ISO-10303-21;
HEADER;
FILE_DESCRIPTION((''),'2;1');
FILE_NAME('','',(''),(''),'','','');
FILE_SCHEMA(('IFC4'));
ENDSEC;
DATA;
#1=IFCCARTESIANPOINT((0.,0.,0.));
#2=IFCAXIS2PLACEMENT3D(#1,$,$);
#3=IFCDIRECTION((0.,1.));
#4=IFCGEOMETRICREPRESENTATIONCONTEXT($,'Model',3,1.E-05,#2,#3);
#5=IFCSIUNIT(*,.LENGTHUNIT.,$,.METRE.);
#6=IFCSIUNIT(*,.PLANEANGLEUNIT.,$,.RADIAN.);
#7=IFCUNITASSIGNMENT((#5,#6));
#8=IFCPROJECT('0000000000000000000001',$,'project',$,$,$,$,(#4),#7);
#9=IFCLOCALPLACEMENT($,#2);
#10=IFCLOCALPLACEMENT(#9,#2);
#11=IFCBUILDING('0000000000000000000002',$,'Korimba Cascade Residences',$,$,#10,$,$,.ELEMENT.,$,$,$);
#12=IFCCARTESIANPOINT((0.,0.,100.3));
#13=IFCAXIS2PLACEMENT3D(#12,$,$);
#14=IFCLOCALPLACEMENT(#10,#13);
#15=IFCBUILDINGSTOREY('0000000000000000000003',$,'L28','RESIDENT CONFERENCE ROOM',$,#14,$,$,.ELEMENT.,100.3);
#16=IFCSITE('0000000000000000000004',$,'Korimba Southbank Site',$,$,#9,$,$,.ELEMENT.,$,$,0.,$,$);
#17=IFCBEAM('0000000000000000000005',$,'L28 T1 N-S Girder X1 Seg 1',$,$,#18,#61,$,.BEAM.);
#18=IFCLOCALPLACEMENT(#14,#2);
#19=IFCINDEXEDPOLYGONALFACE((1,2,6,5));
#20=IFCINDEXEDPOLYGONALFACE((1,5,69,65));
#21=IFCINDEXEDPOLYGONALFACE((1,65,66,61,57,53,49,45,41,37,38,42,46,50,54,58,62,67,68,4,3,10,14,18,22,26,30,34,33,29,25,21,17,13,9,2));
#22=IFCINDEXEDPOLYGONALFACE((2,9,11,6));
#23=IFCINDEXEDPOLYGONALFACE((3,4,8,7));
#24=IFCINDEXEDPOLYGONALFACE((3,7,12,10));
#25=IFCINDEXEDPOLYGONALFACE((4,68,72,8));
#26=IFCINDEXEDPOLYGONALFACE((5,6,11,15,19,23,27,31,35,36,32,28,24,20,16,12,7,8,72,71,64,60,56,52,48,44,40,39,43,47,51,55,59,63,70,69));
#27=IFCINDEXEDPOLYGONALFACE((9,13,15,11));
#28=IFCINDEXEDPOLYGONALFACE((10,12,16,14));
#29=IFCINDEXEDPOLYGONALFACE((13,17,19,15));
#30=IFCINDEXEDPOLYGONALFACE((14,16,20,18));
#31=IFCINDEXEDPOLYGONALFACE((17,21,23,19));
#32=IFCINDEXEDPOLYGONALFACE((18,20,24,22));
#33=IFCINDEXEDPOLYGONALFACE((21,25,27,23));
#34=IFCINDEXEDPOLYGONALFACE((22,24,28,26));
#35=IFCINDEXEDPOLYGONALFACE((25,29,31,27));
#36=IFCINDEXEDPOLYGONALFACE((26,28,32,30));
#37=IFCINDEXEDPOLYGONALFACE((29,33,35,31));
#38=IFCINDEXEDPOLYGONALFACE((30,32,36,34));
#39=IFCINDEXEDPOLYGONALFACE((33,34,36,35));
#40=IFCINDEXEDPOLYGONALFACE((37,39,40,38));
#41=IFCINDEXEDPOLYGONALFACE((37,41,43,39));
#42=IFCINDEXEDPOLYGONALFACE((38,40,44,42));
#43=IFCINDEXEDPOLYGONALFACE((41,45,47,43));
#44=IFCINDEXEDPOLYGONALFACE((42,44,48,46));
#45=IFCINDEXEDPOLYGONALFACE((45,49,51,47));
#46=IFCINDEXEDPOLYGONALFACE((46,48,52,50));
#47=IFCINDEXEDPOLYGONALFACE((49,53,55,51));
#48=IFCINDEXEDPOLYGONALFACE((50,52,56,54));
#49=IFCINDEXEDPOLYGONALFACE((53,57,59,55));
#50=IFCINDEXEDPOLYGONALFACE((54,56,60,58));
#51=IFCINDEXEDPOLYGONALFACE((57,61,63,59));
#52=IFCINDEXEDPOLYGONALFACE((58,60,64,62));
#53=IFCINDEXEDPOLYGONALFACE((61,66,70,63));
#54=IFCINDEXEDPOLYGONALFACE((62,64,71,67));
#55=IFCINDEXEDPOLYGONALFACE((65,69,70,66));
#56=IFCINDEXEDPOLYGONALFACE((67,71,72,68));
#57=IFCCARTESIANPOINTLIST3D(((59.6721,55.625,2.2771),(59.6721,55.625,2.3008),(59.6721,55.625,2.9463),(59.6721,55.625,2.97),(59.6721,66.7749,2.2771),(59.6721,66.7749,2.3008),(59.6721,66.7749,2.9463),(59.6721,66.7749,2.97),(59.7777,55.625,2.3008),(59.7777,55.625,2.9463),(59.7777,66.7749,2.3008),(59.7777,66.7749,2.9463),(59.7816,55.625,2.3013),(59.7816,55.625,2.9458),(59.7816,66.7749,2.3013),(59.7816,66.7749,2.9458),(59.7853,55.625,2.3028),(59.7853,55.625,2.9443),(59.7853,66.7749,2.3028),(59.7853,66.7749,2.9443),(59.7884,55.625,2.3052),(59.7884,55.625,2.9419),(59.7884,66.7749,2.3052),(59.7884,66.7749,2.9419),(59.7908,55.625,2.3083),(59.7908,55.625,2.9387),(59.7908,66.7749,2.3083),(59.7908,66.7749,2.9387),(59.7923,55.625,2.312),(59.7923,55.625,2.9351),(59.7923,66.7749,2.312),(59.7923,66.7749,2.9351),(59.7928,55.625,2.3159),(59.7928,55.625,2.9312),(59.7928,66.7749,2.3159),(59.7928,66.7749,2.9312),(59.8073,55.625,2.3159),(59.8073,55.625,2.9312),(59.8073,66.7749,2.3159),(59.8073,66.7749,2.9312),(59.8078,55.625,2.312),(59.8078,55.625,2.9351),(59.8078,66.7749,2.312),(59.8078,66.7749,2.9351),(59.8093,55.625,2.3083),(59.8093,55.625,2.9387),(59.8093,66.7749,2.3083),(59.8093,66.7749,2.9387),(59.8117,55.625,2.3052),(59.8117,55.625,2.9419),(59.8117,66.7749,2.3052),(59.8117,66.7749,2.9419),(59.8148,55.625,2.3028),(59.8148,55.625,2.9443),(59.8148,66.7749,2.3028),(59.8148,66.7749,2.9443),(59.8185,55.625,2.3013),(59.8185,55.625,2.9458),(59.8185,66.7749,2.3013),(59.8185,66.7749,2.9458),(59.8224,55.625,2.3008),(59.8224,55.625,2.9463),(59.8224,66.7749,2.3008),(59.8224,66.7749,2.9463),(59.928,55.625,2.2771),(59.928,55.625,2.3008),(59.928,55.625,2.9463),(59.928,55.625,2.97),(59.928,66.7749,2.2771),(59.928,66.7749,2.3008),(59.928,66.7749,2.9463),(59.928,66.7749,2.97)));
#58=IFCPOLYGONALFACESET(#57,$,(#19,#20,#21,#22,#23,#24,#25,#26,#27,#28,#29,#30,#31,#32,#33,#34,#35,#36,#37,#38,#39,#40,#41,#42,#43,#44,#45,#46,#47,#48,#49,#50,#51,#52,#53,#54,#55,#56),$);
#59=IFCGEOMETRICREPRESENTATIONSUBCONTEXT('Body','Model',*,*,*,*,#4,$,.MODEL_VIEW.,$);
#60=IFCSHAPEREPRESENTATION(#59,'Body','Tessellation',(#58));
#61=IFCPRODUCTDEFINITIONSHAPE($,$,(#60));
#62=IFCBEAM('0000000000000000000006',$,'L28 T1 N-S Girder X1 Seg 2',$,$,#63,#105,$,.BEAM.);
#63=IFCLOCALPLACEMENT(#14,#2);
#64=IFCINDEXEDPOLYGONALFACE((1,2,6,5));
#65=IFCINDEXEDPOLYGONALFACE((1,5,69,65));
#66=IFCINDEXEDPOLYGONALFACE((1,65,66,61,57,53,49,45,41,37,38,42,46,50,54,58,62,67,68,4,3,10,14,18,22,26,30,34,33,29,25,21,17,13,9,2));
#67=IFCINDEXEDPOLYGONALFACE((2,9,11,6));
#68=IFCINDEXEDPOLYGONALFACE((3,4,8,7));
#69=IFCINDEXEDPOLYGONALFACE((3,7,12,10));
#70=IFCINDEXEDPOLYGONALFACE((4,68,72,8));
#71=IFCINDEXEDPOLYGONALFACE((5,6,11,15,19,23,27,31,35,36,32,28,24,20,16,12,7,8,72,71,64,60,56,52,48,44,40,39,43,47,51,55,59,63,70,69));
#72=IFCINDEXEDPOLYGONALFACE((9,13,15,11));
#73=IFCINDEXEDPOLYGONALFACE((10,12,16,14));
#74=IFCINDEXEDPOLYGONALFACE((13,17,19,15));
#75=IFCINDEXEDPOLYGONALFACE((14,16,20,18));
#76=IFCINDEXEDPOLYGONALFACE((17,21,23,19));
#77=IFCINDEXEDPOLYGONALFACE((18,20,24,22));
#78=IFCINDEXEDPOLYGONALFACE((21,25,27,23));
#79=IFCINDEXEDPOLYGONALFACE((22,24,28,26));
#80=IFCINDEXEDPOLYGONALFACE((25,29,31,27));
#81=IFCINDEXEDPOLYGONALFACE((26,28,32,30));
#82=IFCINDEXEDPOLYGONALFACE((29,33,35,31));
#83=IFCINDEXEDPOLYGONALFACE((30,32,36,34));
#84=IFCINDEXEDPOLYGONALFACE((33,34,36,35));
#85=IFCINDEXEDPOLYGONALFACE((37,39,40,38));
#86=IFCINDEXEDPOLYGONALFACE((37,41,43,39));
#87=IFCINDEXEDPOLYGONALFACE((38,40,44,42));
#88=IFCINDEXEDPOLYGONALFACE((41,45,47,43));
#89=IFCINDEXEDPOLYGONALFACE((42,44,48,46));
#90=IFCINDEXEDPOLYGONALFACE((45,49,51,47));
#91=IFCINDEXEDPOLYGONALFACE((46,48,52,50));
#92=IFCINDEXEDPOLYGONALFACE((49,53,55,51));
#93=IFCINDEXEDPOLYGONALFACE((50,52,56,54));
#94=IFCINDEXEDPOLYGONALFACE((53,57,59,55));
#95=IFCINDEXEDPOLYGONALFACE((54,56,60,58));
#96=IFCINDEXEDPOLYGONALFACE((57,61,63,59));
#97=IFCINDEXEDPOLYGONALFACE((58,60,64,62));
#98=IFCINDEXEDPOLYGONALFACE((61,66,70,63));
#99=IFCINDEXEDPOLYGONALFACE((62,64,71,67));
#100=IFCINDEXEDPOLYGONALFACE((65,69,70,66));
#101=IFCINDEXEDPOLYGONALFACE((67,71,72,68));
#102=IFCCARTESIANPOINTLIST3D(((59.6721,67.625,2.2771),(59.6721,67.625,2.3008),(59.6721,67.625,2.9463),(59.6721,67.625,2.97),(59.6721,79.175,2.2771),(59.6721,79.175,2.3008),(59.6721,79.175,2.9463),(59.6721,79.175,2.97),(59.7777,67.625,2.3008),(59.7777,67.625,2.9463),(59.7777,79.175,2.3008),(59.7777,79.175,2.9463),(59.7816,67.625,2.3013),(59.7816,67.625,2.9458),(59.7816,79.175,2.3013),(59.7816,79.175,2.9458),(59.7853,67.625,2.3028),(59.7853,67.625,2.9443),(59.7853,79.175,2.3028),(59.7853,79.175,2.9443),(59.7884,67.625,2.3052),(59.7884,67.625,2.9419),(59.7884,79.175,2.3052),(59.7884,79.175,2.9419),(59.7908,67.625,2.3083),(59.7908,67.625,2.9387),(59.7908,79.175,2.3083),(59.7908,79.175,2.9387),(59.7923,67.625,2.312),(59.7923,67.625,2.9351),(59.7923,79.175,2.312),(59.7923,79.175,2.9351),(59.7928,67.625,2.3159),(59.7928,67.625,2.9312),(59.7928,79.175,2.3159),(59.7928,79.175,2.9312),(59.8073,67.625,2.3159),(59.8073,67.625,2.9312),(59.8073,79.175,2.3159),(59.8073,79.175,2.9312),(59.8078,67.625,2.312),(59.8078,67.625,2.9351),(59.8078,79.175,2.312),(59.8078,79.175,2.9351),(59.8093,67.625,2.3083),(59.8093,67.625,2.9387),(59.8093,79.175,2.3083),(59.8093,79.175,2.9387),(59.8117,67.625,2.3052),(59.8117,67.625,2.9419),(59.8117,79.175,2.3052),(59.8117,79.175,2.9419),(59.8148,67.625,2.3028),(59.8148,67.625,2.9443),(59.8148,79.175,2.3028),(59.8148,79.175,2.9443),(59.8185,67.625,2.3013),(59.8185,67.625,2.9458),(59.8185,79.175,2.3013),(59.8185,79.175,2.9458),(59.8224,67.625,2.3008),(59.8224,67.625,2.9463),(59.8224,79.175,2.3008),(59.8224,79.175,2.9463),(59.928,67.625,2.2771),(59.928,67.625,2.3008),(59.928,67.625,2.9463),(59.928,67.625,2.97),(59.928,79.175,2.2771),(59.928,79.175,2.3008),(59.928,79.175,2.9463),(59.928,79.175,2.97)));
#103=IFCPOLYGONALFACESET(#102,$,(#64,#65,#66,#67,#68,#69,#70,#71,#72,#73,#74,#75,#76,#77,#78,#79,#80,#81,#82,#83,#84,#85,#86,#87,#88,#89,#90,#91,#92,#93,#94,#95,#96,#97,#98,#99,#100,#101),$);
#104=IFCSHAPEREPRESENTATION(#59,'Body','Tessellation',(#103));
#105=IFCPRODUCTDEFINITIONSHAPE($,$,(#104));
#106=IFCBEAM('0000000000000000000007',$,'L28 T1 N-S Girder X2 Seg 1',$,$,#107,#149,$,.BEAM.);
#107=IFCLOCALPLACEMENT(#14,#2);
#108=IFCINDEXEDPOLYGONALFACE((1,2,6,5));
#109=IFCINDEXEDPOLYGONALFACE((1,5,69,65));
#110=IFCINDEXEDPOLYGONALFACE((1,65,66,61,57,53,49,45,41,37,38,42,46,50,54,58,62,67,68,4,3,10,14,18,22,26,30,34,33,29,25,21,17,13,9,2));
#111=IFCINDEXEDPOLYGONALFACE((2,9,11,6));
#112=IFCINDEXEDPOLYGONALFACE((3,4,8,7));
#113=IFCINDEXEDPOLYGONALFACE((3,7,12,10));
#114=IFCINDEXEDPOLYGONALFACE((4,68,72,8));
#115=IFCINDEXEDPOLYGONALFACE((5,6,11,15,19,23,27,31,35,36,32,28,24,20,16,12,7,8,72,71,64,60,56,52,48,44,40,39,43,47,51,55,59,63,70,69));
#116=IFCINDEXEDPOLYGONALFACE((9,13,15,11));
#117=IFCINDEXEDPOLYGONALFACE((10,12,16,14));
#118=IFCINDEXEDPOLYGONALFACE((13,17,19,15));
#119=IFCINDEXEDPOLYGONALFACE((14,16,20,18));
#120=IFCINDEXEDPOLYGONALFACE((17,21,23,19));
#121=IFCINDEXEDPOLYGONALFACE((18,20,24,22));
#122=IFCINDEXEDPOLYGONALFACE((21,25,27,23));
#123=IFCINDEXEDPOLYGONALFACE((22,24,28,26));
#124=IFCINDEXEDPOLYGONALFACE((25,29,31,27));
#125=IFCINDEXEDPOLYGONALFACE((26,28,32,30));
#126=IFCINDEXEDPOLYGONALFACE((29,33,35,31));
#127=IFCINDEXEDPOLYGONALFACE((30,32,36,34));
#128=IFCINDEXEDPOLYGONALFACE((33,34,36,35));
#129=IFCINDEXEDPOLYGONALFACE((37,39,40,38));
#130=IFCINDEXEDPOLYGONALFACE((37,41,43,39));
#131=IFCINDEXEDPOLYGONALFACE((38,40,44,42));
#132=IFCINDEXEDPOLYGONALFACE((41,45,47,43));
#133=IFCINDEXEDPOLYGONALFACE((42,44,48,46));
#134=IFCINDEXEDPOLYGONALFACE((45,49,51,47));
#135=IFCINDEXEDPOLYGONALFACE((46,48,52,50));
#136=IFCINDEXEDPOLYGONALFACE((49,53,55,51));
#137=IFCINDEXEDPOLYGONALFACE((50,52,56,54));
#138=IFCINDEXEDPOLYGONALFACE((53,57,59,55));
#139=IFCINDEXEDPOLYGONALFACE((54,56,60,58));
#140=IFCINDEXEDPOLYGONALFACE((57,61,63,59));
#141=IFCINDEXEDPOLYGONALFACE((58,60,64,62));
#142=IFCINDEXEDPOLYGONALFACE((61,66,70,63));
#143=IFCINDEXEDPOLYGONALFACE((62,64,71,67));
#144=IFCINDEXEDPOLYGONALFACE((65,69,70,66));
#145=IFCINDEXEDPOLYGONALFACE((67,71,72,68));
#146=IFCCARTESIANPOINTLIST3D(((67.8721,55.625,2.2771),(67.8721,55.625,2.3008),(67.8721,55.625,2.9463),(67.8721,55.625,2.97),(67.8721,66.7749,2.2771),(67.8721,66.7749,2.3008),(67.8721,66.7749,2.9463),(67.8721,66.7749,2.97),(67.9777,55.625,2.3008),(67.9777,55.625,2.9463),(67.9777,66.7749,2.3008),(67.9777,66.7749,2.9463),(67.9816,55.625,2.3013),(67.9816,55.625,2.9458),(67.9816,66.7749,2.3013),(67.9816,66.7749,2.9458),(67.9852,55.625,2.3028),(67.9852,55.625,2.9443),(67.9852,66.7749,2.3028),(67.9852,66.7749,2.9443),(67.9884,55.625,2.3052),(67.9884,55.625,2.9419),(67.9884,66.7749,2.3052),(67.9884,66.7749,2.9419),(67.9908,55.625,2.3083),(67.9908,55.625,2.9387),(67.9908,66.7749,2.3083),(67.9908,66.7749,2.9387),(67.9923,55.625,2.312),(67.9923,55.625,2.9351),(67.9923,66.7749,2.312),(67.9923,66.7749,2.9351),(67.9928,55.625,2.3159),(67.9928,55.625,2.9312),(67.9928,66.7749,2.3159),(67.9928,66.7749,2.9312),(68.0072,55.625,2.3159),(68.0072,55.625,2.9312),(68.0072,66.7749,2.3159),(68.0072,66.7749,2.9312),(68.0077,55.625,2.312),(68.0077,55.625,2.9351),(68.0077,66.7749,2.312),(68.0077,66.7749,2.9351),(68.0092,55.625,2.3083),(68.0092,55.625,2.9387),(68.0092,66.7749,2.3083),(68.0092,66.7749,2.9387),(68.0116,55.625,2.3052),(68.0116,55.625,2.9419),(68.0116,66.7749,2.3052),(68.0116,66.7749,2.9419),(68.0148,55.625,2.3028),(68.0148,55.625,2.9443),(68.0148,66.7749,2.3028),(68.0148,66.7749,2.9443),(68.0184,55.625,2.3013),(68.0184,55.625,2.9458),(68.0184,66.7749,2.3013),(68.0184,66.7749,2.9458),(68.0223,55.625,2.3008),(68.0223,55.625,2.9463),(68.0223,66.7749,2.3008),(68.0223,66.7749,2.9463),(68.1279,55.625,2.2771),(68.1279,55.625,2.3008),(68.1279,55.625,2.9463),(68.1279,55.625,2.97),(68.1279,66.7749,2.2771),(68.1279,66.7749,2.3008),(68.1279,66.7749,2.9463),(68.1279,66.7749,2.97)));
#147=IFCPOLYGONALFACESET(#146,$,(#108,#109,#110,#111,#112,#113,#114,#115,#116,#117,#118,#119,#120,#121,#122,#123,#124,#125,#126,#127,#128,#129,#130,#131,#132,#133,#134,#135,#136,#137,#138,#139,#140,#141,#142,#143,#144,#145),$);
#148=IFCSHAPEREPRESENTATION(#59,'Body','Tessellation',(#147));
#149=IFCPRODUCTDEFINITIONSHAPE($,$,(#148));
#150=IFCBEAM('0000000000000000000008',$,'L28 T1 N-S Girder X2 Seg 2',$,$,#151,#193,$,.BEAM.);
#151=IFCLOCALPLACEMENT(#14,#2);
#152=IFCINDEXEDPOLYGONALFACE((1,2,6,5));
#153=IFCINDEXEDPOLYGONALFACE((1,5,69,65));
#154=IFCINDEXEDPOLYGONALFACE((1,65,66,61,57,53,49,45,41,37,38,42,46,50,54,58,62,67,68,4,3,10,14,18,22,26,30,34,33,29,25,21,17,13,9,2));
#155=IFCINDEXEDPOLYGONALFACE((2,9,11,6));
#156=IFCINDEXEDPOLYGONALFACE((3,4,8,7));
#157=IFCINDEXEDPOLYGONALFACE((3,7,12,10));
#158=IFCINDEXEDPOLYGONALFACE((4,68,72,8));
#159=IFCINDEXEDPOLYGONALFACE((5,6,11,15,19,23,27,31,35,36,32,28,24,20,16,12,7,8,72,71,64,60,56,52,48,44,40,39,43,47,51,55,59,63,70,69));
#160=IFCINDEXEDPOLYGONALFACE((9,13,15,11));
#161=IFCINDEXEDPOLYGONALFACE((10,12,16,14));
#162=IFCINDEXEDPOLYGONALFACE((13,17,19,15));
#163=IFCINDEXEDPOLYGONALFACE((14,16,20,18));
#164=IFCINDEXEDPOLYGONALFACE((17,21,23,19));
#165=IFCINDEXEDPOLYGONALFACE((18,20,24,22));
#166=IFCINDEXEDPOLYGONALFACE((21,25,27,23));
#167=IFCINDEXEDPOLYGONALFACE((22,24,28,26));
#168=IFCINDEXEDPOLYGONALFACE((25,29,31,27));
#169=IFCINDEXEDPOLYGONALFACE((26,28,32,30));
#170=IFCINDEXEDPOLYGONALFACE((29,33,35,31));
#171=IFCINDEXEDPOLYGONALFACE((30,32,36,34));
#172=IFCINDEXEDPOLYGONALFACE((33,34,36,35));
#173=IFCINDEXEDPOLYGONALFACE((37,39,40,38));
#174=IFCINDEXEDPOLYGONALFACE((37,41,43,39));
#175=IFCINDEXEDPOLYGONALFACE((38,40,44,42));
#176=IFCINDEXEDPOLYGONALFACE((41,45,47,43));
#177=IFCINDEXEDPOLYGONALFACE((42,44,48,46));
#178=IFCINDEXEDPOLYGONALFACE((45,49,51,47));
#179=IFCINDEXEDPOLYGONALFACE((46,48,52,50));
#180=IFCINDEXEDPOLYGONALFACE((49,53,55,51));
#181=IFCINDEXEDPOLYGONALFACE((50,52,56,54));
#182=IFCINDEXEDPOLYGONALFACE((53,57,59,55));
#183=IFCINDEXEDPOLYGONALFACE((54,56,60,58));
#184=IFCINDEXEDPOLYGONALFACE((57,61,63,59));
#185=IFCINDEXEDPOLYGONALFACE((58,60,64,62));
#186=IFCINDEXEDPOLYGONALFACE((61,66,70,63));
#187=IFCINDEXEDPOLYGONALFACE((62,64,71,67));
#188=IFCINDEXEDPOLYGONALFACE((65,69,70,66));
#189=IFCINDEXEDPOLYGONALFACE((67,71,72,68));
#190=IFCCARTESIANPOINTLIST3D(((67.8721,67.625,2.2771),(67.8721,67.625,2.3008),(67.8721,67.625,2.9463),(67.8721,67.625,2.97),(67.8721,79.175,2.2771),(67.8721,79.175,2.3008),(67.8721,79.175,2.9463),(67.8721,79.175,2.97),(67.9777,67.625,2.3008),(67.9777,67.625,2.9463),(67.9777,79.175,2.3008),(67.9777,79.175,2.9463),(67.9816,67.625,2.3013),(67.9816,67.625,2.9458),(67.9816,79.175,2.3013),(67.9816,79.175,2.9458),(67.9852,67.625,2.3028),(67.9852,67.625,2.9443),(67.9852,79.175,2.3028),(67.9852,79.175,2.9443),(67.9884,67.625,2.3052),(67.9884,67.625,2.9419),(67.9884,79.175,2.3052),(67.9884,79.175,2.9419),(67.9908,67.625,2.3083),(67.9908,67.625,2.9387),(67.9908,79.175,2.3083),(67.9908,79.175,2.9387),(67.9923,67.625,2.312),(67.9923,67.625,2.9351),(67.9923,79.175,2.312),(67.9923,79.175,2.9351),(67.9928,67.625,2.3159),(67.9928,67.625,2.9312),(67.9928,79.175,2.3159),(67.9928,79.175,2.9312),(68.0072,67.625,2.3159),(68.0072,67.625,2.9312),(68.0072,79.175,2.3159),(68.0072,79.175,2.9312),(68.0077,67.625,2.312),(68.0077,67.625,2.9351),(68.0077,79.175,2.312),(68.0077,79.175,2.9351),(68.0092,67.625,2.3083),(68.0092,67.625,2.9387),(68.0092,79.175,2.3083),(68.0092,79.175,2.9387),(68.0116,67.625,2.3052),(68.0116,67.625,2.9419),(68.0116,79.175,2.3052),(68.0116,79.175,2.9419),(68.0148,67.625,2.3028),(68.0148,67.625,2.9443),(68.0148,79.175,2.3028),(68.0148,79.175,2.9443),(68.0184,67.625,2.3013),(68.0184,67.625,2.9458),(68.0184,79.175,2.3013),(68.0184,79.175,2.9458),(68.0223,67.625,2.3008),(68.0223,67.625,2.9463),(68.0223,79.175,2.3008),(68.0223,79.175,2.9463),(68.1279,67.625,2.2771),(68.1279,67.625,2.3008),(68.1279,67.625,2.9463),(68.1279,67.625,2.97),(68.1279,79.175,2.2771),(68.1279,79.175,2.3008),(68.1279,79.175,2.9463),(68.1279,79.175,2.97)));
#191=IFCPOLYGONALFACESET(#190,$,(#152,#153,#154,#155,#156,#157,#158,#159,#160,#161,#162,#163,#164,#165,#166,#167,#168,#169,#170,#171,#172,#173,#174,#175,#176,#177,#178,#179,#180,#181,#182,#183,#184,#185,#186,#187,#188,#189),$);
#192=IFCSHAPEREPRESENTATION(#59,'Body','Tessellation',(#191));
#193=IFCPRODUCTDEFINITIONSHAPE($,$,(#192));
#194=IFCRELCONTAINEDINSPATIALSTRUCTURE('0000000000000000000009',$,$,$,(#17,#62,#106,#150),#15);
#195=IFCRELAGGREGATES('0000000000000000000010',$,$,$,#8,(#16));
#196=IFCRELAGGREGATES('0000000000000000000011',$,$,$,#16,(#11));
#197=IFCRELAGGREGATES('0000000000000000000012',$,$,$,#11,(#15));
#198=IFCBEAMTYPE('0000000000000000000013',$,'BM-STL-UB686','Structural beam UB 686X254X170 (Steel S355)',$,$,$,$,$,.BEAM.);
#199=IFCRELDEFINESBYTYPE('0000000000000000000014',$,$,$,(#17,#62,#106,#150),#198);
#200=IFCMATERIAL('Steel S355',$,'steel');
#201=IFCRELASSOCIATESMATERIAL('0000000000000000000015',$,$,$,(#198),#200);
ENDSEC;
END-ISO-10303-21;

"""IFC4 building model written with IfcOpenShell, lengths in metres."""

from ifc_helpers import new_model, si_unit, direction, frame, origin, origin_2d, place, context, subcontext, project, spatial, i_section, extrude, material, material_profile, profile_set, type_object, element, save


model = new_model("IFC4")

# Units and contexts
model_context = context("Model", 3, precision=1e-05, world=origin(), true_north=direction((0.0, 1.0)))
body_context = subcontext(model_context, "Body", "Model", "MODEL_VIEW")
ifc_project = project(units=[si_unit("LENGTHUNIT", "METRE"), si_unit("PLANEANGLEUNIT", "RADIAN")], contexts=[model_context])

# Site, building, storey
site_placement = place(None, origin())
site = spatial("IfcSite", under=ifc_project, at=site_placement, Name="Korimba Southbank Site", CompositionType="ELEMENT", RefElevation=0.0)
building_placement = place(site_placement, origin())
building = spatial("IfcBuilding", under=site, at=building_placement, Name="Korimba Cascade Residences", CompositionType="ELEMENT")
storey_placement = place(building_placement, frame((0.0, 0.0, 100.3)))
storey = spatial("IfcBuildingStorey", under=building, at=storey_placement, Name="L28", Description="RESIDENT CONFERENCE ROOM", CompositionType="ELEMENT", Elevation=100.3)

# Beams
ifc_material_1 = material(Name="Steel S355", Category="steel")
ifc_material_profile_1 = material_profile(ifc_material_1, i_section(OverallWidth=0.2559, OverallDepth=0.6929, WebThickness=0.0144, FlangeThickness=0.0237, FilletRadius=0.0151, at=origin_2d()), Name="Steel S355")
ifc_profile_set_1 = profile_set([ifc_material_profile_1], Name="Steel S355")
beam_type_1 = type_object("IfcBeamType", Name="BM-STL-UB686", Description="Structural beam UB 686X254X170 (Steel S355)", PredefinedType="BEAM", material=ifc_profile_set_1)
beam_1_placement = place(storey_placement, frame((59.8, 55.625, 2.6235), z_axis=(0.0, 1.0, 0.0), x_axis=(-1.0, 0.0, 0.0)))
element("IfcBeam", 1, at=beam_1_placement, inside=storey, type_object=beam_type_1, Name="L28 T1 N-S Girder X1 Seg 1", PredefinedType="BEAM", context=body_context, shape_type="SweptSolid", body=[
    extrude(i_section(OverallWidth=0.2559, OverallDepth=0.6929, WebThickness=0.0144, FlangeThickness=0.0237, FilletRadius=0.0151, at=origin_2d()), origin(), (0.0, 0.0, 1.0), 11.1499),
])
beam_2_placement = place(storey_placement, frame((59.8, 67.625, 2.6235), z_axis=(0.0, 1.0, 0.0), x_axis=(-1.0, 0.0, 0.0)))
element("IfcBeam", 2, at=beam_2_placement, inside=storey, type_object=beam_type_1, Name="L28 T1 N-S Girder X1 Seg 2", PredefinedType="BEAM", context=body_context, shape_type="SweptSolid", body=[
    extrude(i_section(OverallWidth=0.2559, OverallDepth=0.6929, WebThickness=0.0144, FlangeThickness=0.0237, FilletRadius=0.0151, at=origin_2d()), origin(), (0.0, 0.0, 1.0), 11.55),
])
beam_3_placement = place(storey_placement, frame((68.0, 55.625, 2.6235), z_axis=(0.0, 1.0, 0.0), x_axis=(-1.0, 0.0, 0.0)))
element("IfcBeam", 3, at=beam_3_placement, inside=storey, type_object=beam_type_1, Name="L28 T1 N-S Girder X2 Seg 1", PredefinedType="BEAM", context=body_context, shape_type="SweptSolid", body=[
    extrude(i_section(OverallWidth=0.2559, OverallDepth=0.6929, WebThickness=0.0144, FlangeThickness=0.0237, FilletRadius=0.0151, at=origin_2d()), origin(), (0.0, 0.0, 1.0), 11.1499),
])
beam_4_placement = place(storey_placement, frame((68.0, 67.625, 2.6235), z_axis=(0.0, 1.0, 0.0), x_axis=(-1.0, 0.0, 0.0)))
element("IfcBeam", 4, at=beam_4_placement, inside=storey, type_object=beam_type_1, Name="L28 T1 N-S Girder X2 Seg 2", PredefinedType="BEAM", context=body_context, shape_type="SweptSolid", body=[
    extrude(i_section(OverallWidth=0.2559, OverallDepth=0.6929, WebThickness=0.0144, FlangeThickness=0.0237, FilletRadius=0.0151, at=origin_2d()), origin(), (0.0, 0.0, 1.0), 11.55),
])

save(model, "model.ifc")
